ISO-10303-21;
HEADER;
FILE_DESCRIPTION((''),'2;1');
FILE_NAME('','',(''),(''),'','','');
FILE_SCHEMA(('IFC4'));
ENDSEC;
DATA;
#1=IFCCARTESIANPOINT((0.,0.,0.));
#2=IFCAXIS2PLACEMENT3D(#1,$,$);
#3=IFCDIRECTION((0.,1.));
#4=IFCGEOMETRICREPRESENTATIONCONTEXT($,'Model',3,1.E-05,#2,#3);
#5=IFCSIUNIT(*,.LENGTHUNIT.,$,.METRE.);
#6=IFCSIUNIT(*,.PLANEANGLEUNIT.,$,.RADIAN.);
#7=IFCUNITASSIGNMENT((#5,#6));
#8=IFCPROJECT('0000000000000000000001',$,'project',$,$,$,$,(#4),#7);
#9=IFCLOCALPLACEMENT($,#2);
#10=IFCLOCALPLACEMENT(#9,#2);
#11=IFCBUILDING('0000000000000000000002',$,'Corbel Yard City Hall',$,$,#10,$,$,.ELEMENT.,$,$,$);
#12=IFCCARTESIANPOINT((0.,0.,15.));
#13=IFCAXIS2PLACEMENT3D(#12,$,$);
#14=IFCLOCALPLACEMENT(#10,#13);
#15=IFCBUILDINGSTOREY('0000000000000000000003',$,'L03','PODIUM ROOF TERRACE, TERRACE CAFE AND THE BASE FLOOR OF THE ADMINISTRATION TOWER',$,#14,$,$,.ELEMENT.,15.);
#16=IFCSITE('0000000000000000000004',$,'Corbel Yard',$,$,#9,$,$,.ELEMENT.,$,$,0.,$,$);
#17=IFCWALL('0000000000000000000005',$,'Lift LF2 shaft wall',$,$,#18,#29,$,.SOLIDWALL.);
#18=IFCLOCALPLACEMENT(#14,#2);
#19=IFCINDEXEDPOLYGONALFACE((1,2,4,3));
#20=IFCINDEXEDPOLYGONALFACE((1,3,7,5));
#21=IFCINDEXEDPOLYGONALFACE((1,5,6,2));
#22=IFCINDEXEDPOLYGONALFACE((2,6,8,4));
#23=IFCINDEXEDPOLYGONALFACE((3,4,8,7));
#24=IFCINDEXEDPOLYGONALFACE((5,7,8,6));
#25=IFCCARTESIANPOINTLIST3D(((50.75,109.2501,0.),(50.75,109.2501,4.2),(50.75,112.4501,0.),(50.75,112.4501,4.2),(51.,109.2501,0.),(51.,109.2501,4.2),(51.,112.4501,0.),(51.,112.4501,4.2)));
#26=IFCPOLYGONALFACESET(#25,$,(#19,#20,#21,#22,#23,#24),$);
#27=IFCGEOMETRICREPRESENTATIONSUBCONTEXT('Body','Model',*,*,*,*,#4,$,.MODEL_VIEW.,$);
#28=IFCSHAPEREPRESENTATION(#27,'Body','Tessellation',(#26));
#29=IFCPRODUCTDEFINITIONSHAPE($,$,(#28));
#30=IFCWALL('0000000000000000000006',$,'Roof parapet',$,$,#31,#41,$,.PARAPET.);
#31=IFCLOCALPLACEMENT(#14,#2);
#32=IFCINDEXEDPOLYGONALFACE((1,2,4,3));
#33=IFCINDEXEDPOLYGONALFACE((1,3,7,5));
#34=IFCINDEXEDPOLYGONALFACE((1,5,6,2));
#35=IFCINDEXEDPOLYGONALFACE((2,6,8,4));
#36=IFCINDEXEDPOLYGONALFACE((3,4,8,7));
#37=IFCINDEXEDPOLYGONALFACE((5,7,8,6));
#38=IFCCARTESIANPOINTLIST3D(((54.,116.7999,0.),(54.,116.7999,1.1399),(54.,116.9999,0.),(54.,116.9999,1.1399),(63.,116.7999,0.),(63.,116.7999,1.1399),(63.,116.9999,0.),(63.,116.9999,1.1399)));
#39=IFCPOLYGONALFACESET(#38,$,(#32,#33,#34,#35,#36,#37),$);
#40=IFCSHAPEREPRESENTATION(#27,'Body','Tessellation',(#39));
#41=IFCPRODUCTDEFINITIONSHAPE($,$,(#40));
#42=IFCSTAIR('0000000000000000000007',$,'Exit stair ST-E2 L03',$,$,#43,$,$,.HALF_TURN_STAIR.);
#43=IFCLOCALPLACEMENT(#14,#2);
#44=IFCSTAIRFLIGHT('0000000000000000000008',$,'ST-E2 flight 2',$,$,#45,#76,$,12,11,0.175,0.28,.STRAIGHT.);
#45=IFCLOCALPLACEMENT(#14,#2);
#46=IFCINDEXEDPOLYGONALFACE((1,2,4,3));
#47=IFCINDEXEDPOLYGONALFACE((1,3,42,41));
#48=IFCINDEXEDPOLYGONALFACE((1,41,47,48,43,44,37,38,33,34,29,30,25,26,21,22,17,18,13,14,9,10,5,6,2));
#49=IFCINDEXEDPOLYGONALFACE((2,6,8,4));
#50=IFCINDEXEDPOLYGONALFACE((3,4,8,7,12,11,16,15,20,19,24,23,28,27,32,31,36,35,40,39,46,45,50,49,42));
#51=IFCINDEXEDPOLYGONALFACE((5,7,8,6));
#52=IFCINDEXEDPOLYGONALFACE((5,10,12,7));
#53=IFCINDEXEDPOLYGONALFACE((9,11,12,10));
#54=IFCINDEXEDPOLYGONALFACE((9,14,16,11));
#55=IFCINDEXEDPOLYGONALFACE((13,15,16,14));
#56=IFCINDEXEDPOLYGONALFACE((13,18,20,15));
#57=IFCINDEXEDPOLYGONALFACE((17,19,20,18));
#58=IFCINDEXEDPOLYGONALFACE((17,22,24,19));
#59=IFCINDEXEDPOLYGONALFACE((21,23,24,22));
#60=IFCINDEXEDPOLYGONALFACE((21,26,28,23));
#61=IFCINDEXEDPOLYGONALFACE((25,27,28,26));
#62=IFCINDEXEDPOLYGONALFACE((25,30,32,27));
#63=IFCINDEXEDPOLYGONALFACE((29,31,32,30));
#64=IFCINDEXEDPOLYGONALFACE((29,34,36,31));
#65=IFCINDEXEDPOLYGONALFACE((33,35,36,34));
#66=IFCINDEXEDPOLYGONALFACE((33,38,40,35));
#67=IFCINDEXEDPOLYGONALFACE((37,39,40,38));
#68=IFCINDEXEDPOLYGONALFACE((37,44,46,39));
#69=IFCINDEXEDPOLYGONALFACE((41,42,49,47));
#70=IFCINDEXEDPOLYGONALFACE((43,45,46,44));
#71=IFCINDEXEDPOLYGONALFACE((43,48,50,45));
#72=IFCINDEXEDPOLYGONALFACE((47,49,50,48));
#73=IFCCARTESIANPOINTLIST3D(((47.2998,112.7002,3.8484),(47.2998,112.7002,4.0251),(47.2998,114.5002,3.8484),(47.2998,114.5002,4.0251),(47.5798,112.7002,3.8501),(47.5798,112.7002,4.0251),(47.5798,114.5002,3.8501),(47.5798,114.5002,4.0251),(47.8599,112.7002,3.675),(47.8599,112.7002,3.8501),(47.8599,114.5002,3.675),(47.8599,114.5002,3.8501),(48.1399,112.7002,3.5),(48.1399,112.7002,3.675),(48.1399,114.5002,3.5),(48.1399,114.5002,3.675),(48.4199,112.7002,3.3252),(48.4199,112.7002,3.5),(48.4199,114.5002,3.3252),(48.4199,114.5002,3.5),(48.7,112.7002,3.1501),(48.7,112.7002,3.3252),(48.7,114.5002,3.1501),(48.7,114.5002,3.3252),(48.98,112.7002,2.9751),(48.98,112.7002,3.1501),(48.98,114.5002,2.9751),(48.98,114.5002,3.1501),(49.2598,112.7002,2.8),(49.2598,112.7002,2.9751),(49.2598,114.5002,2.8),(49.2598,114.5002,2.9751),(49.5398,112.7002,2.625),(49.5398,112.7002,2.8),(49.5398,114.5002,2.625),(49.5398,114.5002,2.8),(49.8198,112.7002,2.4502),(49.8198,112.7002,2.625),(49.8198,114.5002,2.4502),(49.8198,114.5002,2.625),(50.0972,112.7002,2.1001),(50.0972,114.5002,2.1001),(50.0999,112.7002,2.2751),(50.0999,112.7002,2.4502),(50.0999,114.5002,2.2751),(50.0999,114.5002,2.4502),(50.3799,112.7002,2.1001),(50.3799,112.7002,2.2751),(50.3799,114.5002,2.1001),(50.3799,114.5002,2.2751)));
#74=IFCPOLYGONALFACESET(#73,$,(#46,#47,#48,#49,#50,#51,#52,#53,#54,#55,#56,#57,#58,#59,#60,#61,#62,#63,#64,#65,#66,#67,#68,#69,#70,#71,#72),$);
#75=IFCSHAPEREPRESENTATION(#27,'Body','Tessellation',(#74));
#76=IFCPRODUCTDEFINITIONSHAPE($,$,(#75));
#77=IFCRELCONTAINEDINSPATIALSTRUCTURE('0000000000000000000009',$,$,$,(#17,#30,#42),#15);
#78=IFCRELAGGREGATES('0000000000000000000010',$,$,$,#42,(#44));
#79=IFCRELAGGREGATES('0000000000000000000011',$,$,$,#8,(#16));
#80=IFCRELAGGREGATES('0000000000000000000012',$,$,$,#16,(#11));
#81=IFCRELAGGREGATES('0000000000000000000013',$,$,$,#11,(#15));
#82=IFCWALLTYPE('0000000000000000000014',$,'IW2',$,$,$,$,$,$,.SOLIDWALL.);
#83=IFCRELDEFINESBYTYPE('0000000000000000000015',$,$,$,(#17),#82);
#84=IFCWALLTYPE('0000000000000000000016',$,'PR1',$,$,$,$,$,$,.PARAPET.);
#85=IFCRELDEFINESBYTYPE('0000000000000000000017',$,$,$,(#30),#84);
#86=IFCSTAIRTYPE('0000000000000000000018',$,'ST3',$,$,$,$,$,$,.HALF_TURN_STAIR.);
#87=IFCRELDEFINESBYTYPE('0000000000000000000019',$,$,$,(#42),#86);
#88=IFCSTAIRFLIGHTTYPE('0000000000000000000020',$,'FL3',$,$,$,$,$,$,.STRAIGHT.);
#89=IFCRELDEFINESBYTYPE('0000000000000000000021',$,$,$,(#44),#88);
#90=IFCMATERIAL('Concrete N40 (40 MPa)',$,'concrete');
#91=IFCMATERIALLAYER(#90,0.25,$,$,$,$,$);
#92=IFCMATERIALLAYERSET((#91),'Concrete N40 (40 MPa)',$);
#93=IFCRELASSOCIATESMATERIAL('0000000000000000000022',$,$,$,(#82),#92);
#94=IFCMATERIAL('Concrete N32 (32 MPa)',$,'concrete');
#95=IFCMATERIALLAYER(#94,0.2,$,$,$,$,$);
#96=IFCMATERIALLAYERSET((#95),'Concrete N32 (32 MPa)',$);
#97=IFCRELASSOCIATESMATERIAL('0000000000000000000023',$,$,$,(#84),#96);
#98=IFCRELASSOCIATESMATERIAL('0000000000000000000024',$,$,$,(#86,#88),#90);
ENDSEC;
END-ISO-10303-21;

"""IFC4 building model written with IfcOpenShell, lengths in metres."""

from ifc_helpers import new_model, si_unit, direction, frame, frame_2d, origin, place, context, subcontext, project, spatial, polyline, rectangle, outline, extrude, material, layer, layer_set, type_object, element, aggregate, save


model = new_model("IFC4")

# Units and contexts
model_context = context("Model", 3, precision=1e-05, world=origin(), true_north=direction((0.0, 1.0)))
body_context = subcontext(model_context, "Body", "Model", "MODEL_VIEW")
ifc_project = project(units=[si_unit("LENGTHUNIT", "METRE"), si_unit("PLANEANGLEUNIT", "RADIAN")], contexts=[model_context])

# Site, building, storey
site_placement = place(None, origin())
site = spatial("IfcSite", under=ifc_project, at=site_placement, Name="Corbel Yard", CompositionType="ELEMENT", RefElevation=0.0)
building_placement = place(site_placement, origin())
building = spatial("IfcBuilding", under=site, at=building_placement, Name="Corbel Yard City Hall", CompositionType="ELEMENT")
storey_placement = place(building_placement, frame((0.0, 0.0, 15.0)))
storey = spatial("IfcBuildingStorey", under=building, at=storey_placement, Name="L03", Description="PODIUM ROOF TERRACE, TERRACE CAFE AND THE BASE FLOOR OF THE ADMINISTRATION TOWER", CompositionType="ELEMENT", Elevation=15.0)

# Shared definitions
ifc_material_1 = material(Name="Concrete N40 (40 MPa)", Category="concrete")
ifc_layer_1 = layer(ifc_material_1, 0.25)
ifc_layer_set_1 = layer_set([ifc_layer_1], Name="Concrete N40 (40 MPa)")
wall_type_1 = type_object("IfcWallType", Name="IW2", PredefinedType="SOLIDWALL", material=ifc_layer_set_1)

# Wall
wall_1_placement = place(storey_placement, frame((50.875, 109.25, 0.0), z_axis=(0.0, 0.0, 1.0), x_axis=(0.0, 1.0, 0.0)))
element("IfcWall", 1, at=wall_1_placement, inside=storey, type_object=wall_type_1, Name="Lift LF2 shaft wall", PredefinedType="SOLIDWALL", context=body_context, shape_type="SweptSolid", body=[
    extrude(rectangle(XDim=3.2, YDim=0.25, at=frame_2d((1.6001, 0.0))), origin(), (0.0, 0.0, 1.0), 4.2),
])

# Wall
ifc_material_2 = material(Name="Concrete N32 (32 MPa)", Category="concrete")
ifc_layer_2 = layer(ifc_material_2, 0.2)
ifc_layer_set_2 = layer_set([ifc_layer_2], Name="Concrete N32 (32 MPa)")
wall_type_2 = type_object("IfcWallType", Name="PR1", PredefinedType="PARAPET", material=ifc_layer_set_2)
wall_2_placement = place(storey_placement, frame((54.0, 116.8999, 0.0), z_axis=(0.0, 0.0, 1.0), x_axis=(1.0, 0.0, 0.0)))
element("IfcWall", 2, at=wall_2_placement, inside=storey, type_object=wall_type_2, Name="Roof parapet", PredefinedType="PARAPET", context=body_context, shape_type="SweptSolid", body=[
    extrude(rectangle(XDim=9.0, YDim=0.2, at=frame_2d((4.5, 0.0))), origin(), (0.0, 0.0, 1.0), 1.1399),
])

# Stair, stair flight
stair_type = type_object("IfcStairType", Name="ST3", PredefinedType="HALF_TURN_STAIR", material=ifc_material_1)
stair_placement = place(storey_placement, origin())
stair = element("IfcStair", 3, at=stair_placement, inside=storey, type_object=stair_type, Name="Exit stair ST-E2 L03", PredefinedType="HALF_TURN_STAIR")
stair_flight_type = type_object("IfcStairFlightType", Name="FL3", PredefinedType="STRAIGHT", material=ifc_material_1)
stair_flight_placement = place(storey_placement, frame((50.3799, 113.6001, 2.1001), z_axis=(0.0, 0.0, 1.0), x_axis=(-1.0, 0.0, 0.0)))
stair_flight = element("IfcStairFlight", 4, at=stair_flight_placement, type_object=stair_flight_type, Name="ST-E2 flight 2", NumberOfRisers=12, NumberOfTreads=11, PredefinedType="STRAIGHT", RiserHeight=0.175, TreadLength=0.28, context=body_context, shape_type="SweptSolid", body=[
    extrude(outline(polyline([(0.0, 0.0), (0.0, 0.175), (0.28, 0.175), (0.28, 0.3501), (0.5601, 0.3501), (0.5601, 0.5249), (0.8401, 0.5249), (0.8401, 0.7), (1.1201, 0.7), (1.1201, 0.875), (1.3999, 0.875), (1.3999, 1.05), (1.6799, 1.05), (1.6799, 1.2251), (1.96, 1.2251), (1.96, 1.3999), (2.24, 1.3999), (2.24, 1.575), (2.52, 1.575), (2.52, 1.75), (2.8, 1.75), (2.8, 1.925), (3.0801, 1.925), (3.0801, 2.1001), (3.0801, 1.7483), (0.2827, 0.0), (0.0, 0.0)])), frame((0.0, 0.8999, 0.0), z_axis=(0.0, -1.0, 0.0), x_axis=(1.0, 0.0, 0.0)), (0.0, 0.0, 1.0), 1.8),
])
aggregate(stair, [stair_flight])

save(model, "model.ifc")
